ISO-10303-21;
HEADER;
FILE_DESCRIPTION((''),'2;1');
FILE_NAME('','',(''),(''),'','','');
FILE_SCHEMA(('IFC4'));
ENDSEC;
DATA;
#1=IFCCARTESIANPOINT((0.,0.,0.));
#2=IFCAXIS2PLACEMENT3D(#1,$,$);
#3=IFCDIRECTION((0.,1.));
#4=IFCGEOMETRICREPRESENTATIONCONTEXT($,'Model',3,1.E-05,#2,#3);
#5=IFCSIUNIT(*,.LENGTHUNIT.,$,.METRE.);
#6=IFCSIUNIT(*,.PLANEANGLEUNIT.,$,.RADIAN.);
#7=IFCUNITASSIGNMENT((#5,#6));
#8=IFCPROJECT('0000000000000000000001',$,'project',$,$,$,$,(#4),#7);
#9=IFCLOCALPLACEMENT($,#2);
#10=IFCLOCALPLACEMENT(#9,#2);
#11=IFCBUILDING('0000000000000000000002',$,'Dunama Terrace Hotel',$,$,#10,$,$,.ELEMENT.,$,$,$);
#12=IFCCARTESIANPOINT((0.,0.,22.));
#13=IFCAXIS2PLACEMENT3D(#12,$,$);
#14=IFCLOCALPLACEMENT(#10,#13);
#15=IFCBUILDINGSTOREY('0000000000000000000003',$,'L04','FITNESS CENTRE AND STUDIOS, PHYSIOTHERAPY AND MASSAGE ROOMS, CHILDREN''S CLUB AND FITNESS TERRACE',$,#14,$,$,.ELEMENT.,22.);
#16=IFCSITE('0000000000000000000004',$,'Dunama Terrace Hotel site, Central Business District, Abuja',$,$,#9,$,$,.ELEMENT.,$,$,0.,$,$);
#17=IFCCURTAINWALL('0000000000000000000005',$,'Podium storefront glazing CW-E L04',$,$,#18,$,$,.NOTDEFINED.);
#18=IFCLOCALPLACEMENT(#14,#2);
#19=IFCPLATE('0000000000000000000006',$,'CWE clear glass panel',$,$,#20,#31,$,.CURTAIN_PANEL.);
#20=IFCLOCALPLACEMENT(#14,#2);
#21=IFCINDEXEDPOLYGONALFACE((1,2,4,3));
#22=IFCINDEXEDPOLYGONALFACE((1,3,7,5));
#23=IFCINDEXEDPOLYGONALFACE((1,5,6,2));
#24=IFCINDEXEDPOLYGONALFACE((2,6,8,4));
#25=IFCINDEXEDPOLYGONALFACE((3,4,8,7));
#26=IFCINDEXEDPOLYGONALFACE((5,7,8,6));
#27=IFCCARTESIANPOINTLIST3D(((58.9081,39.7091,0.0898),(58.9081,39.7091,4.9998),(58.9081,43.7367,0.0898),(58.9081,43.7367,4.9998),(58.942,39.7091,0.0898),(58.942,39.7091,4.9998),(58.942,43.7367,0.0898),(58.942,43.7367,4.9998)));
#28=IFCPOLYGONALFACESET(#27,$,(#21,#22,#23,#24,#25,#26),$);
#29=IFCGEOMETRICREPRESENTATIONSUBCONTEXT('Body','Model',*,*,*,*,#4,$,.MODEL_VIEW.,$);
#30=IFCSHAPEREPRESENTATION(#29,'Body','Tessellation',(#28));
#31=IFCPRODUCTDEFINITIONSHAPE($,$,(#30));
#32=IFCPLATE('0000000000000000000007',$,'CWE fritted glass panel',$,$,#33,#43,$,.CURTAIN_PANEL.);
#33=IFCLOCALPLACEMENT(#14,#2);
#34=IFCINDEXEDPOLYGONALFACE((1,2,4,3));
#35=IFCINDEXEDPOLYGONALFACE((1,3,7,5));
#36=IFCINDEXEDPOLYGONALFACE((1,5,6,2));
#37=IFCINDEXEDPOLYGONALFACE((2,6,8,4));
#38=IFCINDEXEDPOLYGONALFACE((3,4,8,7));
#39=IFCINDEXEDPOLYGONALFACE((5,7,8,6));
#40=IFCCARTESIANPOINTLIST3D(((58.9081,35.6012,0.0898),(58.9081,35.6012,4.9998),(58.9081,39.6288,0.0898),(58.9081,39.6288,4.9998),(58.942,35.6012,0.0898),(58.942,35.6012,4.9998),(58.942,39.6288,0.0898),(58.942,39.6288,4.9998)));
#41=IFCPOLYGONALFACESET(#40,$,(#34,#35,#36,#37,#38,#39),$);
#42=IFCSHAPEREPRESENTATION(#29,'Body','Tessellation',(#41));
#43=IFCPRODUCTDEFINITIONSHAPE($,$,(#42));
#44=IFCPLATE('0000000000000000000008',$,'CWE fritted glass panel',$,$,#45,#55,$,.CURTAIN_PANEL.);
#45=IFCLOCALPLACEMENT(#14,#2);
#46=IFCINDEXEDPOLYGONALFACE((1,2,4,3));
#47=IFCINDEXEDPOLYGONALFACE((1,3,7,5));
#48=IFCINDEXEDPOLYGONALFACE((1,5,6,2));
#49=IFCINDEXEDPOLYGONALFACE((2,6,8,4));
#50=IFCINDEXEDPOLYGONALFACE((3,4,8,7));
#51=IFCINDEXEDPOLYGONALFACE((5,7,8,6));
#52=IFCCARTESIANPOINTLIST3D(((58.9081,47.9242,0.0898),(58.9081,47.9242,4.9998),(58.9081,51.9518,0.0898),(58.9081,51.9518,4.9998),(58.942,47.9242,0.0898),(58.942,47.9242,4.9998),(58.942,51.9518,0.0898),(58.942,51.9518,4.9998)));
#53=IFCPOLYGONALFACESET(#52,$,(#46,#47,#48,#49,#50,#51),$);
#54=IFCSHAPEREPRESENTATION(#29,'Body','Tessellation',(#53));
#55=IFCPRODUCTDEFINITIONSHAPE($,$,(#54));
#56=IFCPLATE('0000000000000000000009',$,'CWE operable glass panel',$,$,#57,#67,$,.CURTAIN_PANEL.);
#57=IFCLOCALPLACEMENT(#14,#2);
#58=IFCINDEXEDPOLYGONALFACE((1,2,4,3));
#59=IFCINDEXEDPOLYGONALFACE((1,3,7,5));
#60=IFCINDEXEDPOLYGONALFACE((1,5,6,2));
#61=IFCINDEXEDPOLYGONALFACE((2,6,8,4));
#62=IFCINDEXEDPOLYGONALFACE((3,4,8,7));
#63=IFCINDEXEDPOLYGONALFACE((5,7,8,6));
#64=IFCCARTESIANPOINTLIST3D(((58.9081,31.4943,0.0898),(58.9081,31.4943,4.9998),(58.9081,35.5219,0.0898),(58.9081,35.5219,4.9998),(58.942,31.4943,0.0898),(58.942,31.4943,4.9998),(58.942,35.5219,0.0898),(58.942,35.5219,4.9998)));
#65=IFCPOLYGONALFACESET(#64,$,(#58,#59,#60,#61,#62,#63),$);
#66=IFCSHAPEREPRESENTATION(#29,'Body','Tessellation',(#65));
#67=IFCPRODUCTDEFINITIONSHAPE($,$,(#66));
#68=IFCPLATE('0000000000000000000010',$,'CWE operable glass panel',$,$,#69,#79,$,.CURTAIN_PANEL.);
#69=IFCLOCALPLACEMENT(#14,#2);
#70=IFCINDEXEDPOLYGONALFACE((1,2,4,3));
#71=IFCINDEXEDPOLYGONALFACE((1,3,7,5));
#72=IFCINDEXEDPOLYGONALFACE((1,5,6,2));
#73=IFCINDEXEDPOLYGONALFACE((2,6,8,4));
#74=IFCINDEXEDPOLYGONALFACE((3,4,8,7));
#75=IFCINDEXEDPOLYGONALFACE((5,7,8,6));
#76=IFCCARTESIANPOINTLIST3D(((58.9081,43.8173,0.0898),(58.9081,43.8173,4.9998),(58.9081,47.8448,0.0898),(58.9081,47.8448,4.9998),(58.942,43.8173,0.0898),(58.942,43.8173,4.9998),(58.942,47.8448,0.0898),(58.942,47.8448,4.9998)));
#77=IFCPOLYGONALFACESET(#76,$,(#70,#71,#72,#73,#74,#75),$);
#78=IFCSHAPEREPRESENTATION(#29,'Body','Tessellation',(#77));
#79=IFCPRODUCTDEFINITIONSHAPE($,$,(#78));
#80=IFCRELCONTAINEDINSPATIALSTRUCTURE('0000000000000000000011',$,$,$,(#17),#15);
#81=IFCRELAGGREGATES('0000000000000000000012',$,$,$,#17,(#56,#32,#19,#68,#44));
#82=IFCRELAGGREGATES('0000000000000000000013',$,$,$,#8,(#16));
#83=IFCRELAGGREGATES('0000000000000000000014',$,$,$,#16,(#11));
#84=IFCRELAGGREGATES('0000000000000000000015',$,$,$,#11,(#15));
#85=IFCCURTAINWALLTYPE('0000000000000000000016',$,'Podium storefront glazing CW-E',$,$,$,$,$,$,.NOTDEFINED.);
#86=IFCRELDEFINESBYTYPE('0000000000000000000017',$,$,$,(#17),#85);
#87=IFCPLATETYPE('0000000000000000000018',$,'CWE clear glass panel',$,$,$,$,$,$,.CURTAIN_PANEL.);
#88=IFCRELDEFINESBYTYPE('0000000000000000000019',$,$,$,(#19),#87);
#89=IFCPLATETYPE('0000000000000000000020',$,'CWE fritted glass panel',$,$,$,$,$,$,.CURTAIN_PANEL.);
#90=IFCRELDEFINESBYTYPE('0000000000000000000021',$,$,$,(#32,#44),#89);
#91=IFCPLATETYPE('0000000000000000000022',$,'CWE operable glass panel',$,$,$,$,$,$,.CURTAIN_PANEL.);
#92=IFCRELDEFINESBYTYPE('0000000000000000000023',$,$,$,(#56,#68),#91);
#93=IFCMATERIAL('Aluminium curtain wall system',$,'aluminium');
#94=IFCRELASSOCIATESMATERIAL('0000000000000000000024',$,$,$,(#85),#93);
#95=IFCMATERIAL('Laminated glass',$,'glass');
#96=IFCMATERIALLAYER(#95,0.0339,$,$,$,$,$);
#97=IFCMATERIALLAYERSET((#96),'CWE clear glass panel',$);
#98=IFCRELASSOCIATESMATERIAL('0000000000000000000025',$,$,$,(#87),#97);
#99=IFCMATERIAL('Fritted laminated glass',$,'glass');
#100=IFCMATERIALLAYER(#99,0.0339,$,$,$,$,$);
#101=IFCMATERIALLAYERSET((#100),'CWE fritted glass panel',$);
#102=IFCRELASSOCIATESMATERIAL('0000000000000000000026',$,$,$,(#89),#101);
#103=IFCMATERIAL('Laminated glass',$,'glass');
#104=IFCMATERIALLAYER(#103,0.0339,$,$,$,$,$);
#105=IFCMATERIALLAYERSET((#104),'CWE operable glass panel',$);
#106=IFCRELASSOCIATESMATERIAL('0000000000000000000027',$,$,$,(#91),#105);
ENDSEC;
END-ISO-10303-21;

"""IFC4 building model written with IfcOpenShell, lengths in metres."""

from ifc_helpers import new_model, si_unit, direction, frame, origin, origin_2d, place, context, subcontext, project, spatial, rectangle, extrude, material, layer, layer_set, type_object, element, aggregate, save


model = new_model("IFC4")

# Units and contexts
model_context = context("Model", 3, precision=1e-05, world=origin(), true_north=direction((0.0, 1.0)))
body_context = subcontext(model_context, "Body", "Model", "MODEL_VIEW")
ifc_project = project(units=[si_unit("LENGTHUNIT", "METRE"), si_unit("PLANEANGLEUNIT", "RADIAN")], contexts=[model_context])

# Site, building, storey
site_placement = place(None, origin())
site = spatial("IfcSite", under=ifc_project, at=site_placement, Name="Dunama Terrace Hotel site, Central Business District, Abuja", CompositionType="ELEMENT", RefElevation=0.0)
building_placement = place(site_placement, origin())
building = spatial("IfcBuilding", under=site, at=building_placement, Name="Dunama Terrace Hotel", CompositionType="ELEMENT")
storey_placement = place(building_placement, frame((0.0, 0.0, 22.0)))
storey = spatial("IfcBuildingStorey", under=building, at=storey_placement, Name="L04", Description="FITNESS CENTRE AND STUDIOS, PHYSIOTHERAPY AND MASSAGE ROOMS, CHILDREN'S CLUB AND FITNESS TERRACE", CompositionType="ELEMENT", Elevation=22.0)

# Curtain wall
ifc_material_1 = material(Name="Aluminium curtain wall system", Category="aluminium")
curtain_wall_type = type_object("IfcCurtainWallType", Name="Podium storefront glazing CW-E", PredefinedType="NOTDEFINED", material=ifc_material_1)
curtain_wall_placement = place(storey_placement, origin())
curtain_wall = element("IfcCurtainWall", 1, at=curtain_wall_placement, inside=storey, type_object=curtain_wall_type, Name="Podium storefront glazing CW-E L04", PredefinedType="NOTDEFINED")

# Plates
ifc_material_2 = material(Name="Laminated glass", Category="glass")
ifc_layer_1 = layer(ifc_material_2, 0.0339)
ifc_layer_set_1 = layer_set([ifc_layer_1], Name="CWE clear glass panel")
plate_type_1 = type_object("IfcPlateType", Name="CWE clear glass panel", PredefinedType="CURTAIN_PANEL", material=ifc_layer_set_1)
plate_1_placement = place(storey_placement, frame((58.925, 41.7229, 0.0898), z_axis=(0.0, 0.0, 1.0), x_axis=(0.0, 1.0, 0.0)))
plate_1 = element("IfcPlate", 2, at=plate_1_placement, type_object=plate_type_1, Name="CWE clear glass panel", PredefinedType="CURTAIN_PANEL", context=body_context, shape_type="SweptSolid", body=[
    extrude(rectangle(XDim=4.0276, YDim=0.0339, at=origin_2d()), origin(), (0.0, 0.0, 1.0), 4.9099),
])
ifc_material_3 = material(Name="Fritted laminated glass", Category="glass")
ifc_layer_2 = layer(ifc_material_3, 0.0339)
ifc_layer_set_2 = layer_set([ifc_layer_2], Name="CWE fritted glass panel")
plate_type_2 = type_object("IfcPlateType", Name="CWE fritted glass panel", PredefinedType="CURTAIN_PANEL", material=ifc_layer_set_2)
plate_2_placement = place(storey_placement, frame((58.925, 37.615, 0.0898), z_axis=(0.0, 0.0, 1.0), x_axis=(0.0, 1.0, 0.0)))
plate_2 = element("IfcPlate", 3, at=plate_2_placement, type_object=plate_type_2, Name="CWE fritted glass panel", PredefinedType="CURTAIN_PANEL", context=body_context, shape_type="SweptSolid", body=[
    extrude(rectangle(XDim=4.0276, YDim=0.0339, at=origin_2d()), origin(), (0.0, 0.0, 1.0), 4.9099),
])
plate_3_placement = place(storey_placement, frame((58.925, 49.938, 0.0898), z_axis=(0.0, 0.0, 1.0), x_axis=(0.0, 1.0, 0.0)))
plate_3 = element("IfcPlate", 4, at=plate_3_placement, type_object=plate_type_2, Name="CWE fritted glass panel", PredefinedType="CURTAIN_PANEL", context=body_context, shape_type="SweptSolid", body=[
    extrude(rectangle(XDim=4.0276, YDim=0.0339, at=origin_2d()), origin(), (0.0, 0.0, 1.0), 4.9099),
])
ifc_material_4 = material(Name="Laminated glass", Category="glass")
ifc_layer_3 = layer(ifc_material_4, 0.0339)
ifc_layer_set_3 = layer_set([ifc_layer_3], Name="CWE operable glass panel")
plate_type_3 = type_object("IfcPlateType", Name="CWE operable glass panel", PredefinedType="CURTAIN_PANEL", material=ifc_layer_set_3)
plate_4_placement = place(storey_placement, frame((58.925, 33.5081, 0.0898), z_axis=(0.0, 0.0, 1.0), x_axis=(0.0, 1.0, 0.0)))
plate_4 = element("IfcPlate", 5, at=plate_4_placement, type_object=plate_type_3, Name="CWE operable glass panel", PredefinedType="CURTAIN_PANEL", context=body_context, shape_type="SweptSolid", body=[
    extrude(rectangle(XDim=4.0276, YDim=0.0339, at=origin_2d()), origin(), (0.0, 0.0, 1.0), 4.9099),
])
plate_5_placement = place(storey_placement, frame((58.925, 45.8311, 0.0898), z_axis=(0.0, 0.0, 1.0), x_axis=(0.0, 1.0, 0.0)))
plate_5 = element("IfcPlate", 6, at=plate_5_placement, type_object=plate_type_3, Name="CWE operable glass panel", PredefinedType="CURTAIN_PANEL", context=body_context, shape_type="SweptSolid", body=[
    extrude(rectangle(XDim=4.0276, YDim=0.0339, at=origin_2d()), origin(), (0.0, 0.0, 1.0), 4.9099),
])
aggregate(curtain_wall, [plate_4, plate_2, plate_1, plate_5, plate_3])

save(model, "model.ifc")
